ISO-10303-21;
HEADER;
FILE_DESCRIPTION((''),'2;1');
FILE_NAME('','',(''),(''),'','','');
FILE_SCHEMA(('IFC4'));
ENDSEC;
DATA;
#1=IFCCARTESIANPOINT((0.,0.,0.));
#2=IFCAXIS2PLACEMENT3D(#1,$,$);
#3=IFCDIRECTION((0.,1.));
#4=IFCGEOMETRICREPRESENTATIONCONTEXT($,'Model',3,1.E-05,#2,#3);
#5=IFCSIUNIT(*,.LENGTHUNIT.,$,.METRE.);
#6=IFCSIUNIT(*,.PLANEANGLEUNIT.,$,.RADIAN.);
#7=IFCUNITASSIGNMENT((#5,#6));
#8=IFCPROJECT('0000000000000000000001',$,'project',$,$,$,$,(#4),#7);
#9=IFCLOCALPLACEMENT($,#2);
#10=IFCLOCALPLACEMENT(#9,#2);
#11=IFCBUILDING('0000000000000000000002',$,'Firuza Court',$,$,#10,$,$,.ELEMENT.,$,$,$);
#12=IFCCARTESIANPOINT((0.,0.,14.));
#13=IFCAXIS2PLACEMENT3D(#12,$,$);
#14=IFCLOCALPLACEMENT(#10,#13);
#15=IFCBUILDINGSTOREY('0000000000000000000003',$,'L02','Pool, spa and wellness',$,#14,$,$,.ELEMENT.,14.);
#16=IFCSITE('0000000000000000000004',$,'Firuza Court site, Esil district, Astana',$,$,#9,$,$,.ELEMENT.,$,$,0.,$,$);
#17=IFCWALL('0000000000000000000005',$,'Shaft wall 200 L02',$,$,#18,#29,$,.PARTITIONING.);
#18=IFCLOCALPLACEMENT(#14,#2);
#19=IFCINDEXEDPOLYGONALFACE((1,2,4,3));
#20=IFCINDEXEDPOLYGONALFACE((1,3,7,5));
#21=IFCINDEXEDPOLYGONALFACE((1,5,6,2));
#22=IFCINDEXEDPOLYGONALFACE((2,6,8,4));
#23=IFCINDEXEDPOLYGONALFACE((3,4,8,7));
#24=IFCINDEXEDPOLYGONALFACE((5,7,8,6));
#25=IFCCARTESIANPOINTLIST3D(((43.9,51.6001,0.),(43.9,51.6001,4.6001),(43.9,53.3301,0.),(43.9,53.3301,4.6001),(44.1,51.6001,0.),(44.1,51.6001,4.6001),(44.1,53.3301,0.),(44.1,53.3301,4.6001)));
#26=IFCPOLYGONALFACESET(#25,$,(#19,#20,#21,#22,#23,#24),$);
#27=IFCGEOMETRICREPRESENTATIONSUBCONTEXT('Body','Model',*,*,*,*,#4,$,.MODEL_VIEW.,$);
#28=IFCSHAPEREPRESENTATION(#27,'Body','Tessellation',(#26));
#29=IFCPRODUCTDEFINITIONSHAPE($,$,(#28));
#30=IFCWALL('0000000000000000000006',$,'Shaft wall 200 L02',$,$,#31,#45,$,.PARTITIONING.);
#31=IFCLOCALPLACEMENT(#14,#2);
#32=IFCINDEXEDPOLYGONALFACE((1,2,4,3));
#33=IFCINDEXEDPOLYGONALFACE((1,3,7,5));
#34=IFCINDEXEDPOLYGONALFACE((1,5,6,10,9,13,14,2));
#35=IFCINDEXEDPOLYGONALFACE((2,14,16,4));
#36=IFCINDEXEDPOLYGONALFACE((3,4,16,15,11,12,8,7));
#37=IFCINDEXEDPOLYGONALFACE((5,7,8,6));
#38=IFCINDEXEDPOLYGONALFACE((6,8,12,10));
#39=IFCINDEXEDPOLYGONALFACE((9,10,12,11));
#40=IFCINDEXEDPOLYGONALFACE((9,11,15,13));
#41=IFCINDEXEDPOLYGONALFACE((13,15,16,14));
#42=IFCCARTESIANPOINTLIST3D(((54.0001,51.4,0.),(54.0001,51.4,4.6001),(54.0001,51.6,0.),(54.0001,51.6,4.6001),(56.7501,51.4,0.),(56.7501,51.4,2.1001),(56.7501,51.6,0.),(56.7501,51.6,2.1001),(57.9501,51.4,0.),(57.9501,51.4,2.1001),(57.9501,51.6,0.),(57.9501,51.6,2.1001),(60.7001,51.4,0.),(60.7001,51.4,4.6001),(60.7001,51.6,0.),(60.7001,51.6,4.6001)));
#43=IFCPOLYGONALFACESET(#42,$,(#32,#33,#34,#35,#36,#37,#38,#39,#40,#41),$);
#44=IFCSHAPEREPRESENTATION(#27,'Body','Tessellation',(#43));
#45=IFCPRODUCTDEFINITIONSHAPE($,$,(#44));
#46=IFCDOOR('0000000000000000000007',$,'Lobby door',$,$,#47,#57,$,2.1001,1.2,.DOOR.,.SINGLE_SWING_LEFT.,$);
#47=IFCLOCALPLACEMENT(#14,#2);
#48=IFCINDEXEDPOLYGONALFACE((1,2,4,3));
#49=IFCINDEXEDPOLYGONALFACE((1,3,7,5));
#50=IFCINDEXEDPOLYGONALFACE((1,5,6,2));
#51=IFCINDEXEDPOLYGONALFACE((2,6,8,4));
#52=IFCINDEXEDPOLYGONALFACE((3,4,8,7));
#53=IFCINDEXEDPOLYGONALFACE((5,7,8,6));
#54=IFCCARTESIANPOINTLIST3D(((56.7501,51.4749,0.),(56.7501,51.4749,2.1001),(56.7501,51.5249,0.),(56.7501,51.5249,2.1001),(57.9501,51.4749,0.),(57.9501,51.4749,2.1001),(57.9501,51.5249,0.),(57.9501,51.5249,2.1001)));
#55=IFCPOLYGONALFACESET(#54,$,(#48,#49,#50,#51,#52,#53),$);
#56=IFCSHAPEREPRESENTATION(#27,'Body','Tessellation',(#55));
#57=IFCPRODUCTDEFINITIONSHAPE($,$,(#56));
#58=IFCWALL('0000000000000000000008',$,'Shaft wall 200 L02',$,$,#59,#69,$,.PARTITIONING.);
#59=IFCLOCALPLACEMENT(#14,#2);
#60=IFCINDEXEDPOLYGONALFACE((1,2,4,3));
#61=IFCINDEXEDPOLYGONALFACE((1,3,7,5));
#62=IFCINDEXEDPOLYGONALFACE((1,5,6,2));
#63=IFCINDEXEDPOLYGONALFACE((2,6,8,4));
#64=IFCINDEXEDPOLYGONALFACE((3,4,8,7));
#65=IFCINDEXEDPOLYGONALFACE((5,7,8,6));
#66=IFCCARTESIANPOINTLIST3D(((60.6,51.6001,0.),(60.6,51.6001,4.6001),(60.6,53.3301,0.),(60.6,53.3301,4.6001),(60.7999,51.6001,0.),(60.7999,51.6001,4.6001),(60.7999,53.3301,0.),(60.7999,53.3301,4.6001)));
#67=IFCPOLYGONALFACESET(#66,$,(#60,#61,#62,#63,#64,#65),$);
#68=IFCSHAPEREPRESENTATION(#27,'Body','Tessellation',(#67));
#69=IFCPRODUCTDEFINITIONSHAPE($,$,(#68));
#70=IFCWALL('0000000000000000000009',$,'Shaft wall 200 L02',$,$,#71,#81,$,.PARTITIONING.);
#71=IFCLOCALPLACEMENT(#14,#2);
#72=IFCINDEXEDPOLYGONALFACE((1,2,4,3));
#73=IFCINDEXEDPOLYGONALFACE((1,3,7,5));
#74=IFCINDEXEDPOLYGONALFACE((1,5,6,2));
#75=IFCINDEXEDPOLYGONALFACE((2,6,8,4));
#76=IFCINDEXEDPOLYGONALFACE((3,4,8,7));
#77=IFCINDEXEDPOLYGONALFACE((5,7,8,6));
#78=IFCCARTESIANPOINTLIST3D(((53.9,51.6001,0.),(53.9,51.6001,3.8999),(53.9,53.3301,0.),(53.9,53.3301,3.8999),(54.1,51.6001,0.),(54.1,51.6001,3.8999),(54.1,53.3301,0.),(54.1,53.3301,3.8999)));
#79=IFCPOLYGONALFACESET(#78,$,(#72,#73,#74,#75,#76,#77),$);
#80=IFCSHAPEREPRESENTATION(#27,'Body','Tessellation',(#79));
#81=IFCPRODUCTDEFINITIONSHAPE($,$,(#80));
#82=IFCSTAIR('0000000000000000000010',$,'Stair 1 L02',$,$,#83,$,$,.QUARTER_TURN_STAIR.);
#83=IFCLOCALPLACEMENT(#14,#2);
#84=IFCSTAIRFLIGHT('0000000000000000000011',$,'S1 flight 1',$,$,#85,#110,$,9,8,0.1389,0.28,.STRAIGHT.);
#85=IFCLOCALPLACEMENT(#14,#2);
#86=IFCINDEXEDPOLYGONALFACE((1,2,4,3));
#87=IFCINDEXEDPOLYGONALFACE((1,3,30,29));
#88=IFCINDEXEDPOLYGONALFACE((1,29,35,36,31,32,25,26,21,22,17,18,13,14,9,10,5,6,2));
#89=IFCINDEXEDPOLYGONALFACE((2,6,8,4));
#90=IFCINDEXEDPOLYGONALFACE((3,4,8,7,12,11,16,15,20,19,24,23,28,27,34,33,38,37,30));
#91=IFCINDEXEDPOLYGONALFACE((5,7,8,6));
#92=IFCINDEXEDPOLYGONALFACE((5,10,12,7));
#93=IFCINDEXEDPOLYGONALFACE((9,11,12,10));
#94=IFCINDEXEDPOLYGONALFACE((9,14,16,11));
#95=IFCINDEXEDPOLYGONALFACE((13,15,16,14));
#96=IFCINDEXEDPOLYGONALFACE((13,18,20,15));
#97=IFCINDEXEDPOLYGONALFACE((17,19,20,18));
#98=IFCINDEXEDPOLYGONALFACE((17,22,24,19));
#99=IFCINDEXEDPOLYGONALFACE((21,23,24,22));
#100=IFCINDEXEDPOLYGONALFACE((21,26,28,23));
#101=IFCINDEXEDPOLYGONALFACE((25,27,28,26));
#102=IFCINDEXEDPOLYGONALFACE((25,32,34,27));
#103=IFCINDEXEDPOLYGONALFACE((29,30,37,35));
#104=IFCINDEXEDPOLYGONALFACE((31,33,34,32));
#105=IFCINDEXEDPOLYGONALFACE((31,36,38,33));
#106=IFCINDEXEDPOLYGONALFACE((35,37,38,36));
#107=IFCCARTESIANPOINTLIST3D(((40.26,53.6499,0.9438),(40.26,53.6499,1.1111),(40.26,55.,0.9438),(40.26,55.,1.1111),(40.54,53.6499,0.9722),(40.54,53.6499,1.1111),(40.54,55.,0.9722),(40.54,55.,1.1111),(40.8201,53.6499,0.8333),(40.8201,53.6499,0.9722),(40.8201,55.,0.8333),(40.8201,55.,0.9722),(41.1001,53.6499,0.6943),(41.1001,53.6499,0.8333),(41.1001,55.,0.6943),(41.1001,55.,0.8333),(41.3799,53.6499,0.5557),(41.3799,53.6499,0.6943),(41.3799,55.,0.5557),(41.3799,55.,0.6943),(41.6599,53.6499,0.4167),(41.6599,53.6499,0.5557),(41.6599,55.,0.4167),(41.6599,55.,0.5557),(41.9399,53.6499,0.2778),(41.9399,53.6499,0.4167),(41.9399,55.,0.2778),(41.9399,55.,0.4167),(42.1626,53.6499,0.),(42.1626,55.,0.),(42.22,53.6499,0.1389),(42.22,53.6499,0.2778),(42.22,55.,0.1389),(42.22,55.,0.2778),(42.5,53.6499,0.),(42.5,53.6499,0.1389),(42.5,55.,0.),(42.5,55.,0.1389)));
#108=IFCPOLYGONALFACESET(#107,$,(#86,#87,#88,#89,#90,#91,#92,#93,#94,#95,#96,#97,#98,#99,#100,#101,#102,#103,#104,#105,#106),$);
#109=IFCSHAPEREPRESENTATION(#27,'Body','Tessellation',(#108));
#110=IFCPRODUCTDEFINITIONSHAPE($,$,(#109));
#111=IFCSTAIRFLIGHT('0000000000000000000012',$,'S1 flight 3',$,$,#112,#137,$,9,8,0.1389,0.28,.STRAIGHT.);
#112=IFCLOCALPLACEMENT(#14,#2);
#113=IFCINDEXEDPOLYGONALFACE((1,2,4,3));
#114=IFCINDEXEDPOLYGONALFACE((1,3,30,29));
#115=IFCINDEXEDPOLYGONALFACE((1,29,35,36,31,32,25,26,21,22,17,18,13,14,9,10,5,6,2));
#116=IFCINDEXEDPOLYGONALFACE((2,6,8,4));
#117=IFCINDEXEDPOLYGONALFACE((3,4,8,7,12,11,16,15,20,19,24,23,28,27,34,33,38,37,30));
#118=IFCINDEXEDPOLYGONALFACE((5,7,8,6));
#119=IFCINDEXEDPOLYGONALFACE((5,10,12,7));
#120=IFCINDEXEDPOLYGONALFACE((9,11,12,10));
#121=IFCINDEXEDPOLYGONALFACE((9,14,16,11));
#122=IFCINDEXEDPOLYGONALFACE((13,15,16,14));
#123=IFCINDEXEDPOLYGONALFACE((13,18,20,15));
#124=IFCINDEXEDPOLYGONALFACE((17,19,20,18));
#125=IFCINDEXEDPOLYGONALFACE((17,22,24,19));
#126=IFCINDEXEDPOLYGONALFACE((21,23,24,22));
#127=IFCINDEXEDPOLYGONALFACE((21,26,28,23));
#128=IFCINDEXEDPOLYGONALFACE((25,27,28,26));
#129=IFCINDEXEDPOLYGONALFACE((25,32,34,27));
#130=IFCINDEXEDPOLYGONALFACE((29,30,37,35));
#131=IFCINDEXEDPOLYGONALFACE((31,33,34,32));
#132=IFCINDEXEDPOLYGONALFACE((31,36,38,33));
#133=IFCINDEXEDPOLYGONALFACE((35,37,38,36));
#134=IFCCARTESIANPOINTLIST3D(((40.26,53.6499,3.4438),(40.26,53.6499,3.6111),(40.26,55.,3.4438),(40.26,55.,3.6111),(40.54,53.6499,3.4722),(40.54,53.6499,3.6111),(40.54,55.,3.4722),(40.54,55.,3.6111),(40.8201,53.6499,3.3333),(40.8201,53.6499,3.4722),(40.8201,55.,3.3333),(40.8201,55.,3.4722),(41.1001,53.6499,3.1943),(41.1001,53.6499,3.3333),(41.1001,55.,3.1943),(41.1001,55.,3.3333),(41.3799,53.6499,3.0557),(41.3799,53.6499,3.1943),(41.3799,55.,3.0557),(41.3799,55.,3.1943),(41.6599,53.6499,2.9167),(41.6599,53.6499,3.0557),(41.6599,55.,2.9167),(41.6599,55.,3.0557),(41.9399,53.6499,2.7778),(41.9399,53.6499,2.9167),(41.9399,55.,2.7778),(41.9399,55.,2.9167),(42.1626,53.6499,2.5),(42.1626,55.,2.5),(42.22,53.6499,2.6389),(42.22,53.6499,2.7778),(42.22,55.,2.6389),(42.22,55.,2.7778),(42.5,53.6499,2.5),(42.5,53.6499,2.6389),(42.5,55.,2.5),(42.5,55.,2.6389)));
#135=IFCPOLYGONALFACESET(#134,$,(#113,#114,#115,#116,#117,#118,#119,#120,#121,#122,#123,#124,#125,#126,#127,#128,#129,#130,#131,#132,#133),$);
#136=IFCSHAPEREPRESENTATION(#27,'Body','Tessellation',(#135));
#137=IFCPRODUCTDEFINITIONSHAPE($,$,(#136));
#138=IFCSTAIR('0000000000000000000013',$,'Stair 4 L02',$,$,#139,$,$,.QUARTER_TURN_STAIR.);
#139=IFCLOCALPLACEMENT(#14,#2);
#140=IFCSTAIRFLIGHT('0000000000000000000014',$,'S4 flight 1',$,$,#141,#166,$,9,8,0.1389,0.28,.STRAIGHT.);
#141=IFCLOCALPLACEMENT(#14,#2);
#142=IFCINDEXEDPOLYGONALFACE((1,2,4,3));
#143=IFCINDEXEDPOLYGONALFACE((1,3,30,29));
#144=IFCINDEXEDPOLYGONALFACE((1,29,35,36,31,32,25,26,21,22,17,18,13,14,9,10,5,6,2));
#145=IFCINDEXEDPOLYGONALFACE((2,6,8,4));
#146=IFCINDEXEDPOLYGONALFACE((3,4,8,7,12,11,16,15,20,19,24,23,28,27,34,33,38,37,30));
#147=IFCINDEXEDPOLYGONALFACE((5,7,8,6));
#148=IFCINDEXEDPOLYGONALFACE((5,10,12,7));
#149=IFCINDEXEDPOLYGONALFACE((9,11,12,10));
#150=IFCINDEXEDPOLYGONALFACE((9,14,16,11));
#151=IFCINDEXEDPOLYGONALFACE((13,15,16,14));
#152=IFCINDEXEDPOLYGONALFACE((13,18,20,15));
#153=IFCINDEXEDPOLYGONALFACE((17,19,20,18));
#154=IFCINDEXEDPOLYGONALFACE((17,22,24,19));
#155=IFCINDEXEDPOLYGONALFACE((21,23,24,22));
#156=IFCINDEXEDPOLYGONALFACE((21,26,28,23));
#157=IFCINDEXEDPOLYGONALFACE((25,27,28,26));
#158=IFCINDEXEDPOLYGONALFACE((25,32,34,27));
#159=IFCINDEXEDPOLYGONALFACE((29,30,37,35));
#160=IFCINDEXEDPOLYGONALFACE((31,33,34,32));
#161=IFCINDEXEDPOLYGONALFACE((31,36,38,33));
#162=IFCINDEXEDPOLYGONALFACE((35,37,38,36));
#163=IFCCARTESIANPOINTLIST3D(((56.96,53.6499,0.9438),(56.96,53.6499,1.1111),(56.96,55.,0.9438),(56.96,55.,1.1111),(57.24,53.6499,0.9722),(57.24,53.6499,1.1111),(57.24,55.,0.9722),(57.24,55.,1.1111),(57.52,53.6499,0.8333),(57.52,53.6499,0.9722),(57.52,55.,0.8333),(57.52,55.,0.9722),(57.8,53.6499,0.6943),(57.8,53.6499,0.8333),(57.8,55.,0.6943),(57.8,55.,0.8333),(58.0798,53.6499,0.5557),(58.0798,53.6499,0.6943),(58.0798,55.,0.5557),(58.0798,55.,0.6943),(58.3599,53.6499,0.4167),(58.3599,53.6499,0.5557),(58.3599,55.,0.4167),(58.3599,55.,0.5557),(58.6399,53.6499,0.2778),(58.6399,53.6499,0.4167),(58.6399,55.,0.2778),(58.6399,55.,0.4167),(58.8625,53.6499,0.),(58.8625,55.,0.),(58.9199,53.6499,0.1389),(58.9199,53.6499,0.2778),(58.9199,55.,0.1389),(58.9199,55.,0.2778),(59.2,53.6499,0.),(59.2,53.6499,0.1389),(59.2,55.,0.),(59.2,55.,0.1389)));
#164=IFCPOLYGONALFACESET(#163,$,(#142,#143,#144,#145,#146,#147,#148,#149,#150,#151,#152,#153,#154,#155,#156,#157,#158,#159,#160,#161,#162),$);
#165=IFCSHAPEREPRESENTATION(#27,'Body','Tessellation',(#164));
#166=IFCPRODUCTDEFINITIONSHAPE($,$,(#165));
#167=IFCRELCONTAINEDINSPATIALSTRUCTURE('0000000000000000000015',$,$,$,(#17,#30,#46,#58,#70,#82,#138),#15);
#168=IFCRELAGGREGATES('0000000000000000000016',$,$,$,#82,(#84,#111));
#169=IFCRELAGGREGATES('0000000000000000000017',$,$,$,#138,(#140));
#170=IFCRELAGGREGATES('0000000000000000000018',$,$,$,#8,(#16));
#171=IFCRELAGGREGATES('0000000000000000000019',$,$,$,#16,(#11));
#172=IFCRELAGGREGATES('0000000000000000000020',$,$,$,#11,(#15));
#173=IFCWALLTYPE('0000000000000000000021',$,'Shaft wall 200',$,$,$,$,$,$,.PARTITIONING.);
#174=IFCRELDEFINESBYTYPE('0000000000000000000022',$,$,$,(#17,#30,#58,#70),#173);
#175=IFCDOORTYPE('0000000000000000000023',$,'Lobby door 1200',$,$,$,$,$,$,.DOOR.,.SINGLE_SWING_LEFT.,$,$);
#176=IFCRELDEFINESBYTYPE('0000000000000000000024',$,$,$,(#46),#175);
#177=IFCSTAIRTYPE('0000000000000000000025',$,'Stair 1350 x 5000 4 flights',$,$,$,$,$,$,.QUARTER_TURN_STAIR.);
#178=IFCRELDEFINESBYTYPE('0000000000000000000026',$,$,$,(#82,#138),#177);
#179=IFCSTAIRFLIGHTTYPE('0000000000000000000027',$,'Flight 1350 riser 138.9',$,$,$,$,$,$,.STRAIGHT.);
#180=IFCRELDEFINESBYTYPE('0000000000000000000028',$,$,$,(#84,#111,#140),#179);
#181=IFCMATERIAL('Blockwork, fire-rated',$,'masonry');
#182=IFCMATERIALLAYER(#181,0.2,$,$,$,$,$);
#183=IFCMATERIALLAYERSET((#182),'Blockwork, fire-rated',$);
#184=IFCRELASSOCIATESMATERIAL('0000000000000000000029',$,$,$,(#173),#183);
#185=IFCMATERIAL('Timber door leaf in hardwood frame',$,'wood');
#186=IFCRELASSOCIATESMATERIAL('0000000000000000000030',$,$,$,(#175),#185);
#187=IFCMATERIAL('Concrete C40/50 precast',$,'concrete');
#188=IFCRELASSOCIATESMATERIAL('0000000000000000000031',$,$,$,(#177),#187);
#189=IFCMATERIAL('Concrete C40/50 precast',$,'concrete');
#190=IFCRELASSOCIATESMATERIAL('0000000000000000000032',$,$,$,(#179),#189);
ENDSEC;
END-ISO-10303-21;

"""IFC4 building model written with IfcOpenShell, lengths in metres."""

from ifc_helpers import new_model, si_unit, direction, frame, frame_2d, origin, place, context, subcontext, project, spatial, polyline, rectangle, outline, extrude, material, layer, layer_set, type_object, element, fill, aggregate, save


model = new_model("IFC4")

# Units and contexts
model_context = context("Model", 3, precision=1e-05, world=origin(), true_north=direction((0.0, 1.0)))
body_context = subcontext(model_context, "Body", "Model", "MODEL_VIEW")
ifc_project = project(units=[si_unit("LENGTHUNIT", "METRE"), si_unit("PLANEANGLEUNIT", "RADIAN")], contexts=[model_context])

# Site, building, storey
site_placement = place(None, origin())
site = spatial("IfcSite", under=ifc_project, at=site_placement, Name="Firuza Court site, Esil district, Astana", CompositionType="ELEMENT", RefElevation=0.0)
building_placement = place(site_placement, origin())
building = spatial("IfcBuilding", under=site, at=building_placement, Name="Firuza Court", CompositionType="ELEMENT")
storey_placement = place(building_placement, frame((0.0, 0.0, 14.0)))
storey = spatial("IfcBuildingStorey", under=building, at=storey_placement, Name="L02", Description="Pool, spa and wellness", CompositionType="ELEMENT", Elevation=14.0)

# Shared definitions
ifc_material_1 = material(Name="Blockwork, fire-rated", Category="masonry")

# Shared definitions
ifc_layer_1 = layer(ifc_material_1, 0.2)
ifc_layer_set_1 = layer_set([ifc_layer_1], Name="Blockwork, fire-rated")
wall_type_1 = type_object("IfcWallType", Name="Shaft wall 200", PredefinedType="PARTITIONING", material=ifc_layer_set_1)
ifc_material_2 = material(Name="Timber door leaf in hardwood frame", Category="wood")
door_type_1 = type_object("IfcDoorType", Name="Lobby door 1200", OperationType="SINGLE_SWING_LEFT", PredefinedType="DOOR", material=ifc_material_2)

# Wall
wall_1_placement = place(storey_placement, frame((44.0, 51.6001, 0.0), z_axis=(0.0, 0.0, 1.0), x_axis=(0.0, 1.0, 0.0)))
element("IfcWall", 1, at=wall_1_placement, inside=storey, type_object=wall_type_1, Name="Shaft wall 200 L02", PredefinedType="PARTITIONING", context=body_context, shape_type="SweptSolid", body=[
    extrude(rectangle(XDim=1.73, YDim=0.2, at=frame_2d((0.865, 0.0))), origin(), (0.0, 0.0, 1.0), 4.6001),
])

# Wall, opening, door
wall_2_placement = place(storey_placement, frame((54.0, 51.5, 0.0), z_axis=(0.0, 0.0, 1.0), x_axis=(1.0, 0.0, 0.0)))
wall_2 = element("IfcWall", 2, at=wall_2_placement, inside=storey, type_object=wall_type_1, Name="Shaft wall 200 L02", PredefinedType="PARTITIONING", context=body_context, shape_type="SweptSolid", body=[
    extrude(rectangle(XDim=6.7, YDim=0.2, at=frame_2d((3.3501, 0.0))), origin(), (0.0, 0.0, 1.0), 4.6001),
])
opening_1_placement = place(wall_2_placement, frame((2.75, 0.0, 0.0)))
opening_1 = element("IfcOpeningElement", 3, at=opening_1_placement, cuts=wall_2, PredefinedType="OPENING", context=body_context, shape_type="SweptSolid", body=[
    extrude(rectangle(XDim=1.2, YDim=2.1001, at=frame_2d((0.6001, 1.05))), frame((0.0, 0.1118, 0.0), z_axis=(0.0, -1.0, 0.0), x_axis=(1.0, 0.0, 0.0)), (0.0, 0.0, 1.0), 0.2239),
])
door_1_placement = place(opening_1_placement, origin())
door_1 = element("IfcDoor", 4, at=door_1_placement, inside=storey, type_object=door_type_1, Name="Lobby door", OperationType="SINGLE_SWING_LEFT", OverallHeight=2.1001, OverallWidth=1.2, PredefinedType="DOOR", context=body_context, shape_type="SweptSolid", body=[
    extrude(rectangle(XDim=1.2, YDim=2.1001, at=frame_2d((0.6001, 1.05))), frame((0.0, 0.0249, 0.0), z_axis=(0.0, -1.0, 0.0), x_axis=(1.0, 0.0, 0.0)), (0.0, 0.0, 1.0), 0.05),
])
fill(opening_1, door_1)

# Walls
wall_3_placement = place(storey_placement, frame((60.7, 51.6001, 0.0), z_axis=(0.0, 0.0, 1.0), x_axis=(0.0, 1.0, 0.0)))
element("IfcWall", 5, at=wall_3_placement, inside=storey, type_object=wall_type_1, Name="Shaft wall 200 L02", PredefinedType="PARTITIONING", context=body_context, shape_type="SweptSolid", body=[
    extrude(rectangle(XDim=1.73, YDim=0.2, at=frame_2d((0.865, 0.0))), origin(), (0.0, 0.0, 1.0), 4.6001),
])
wall_4_placement = place(storey_placement, frame((54.0, 51.6001, 0.0), z_axis=(0.0, 0.0, 1.0), x_axis=(0.0, 1.0, 0.0)))
element("IfcWall", 6, at=wall_4_placement, inside=storey, type_object=wall_type_1, Name="Shaft wall 200 L02", PredefinedType="PARTITIONING", context=body_context, shape_type="SweptSolid", body=[
    extrude(rectangle(XDim=1.73, YDim=0.2, at=frame_2d((0.865, 0.0))), origin(), (0.0, 0.0, 1.0), 3.8999),
])

# Stairs, stair flights
ifc_material_3 = material(Name="Concrete C40/50 precast", Category="concrete")
stair_type = type_object("IfcStairType", Name="Stair 1350 x 5000 4 flights", PredefinedType="QUARTER_TURN_STAIR", material=ifc_material_3)
stair_1_placement = place(storey_placement, origin())
stair_1 = element("IfcStair", 7, at=stair_1_placement, inside=storey, type_object=stair_type, Name="Stair 1 L02", PredefinedType="QUARTER_TURN_STAIR")
ifc_material_4 = material(Name="Concrete C40/50 precast", Category="concrete")
stair_flight_type = type_object("IfcStairFlightType", Name="Flight 1350 riser 138.9", PredefinedType="STRAIGHT", material=ifc_material_4)
stair_flight_1_placement = place(storey_placement, frame((42.5, 54.325, 0.0), z_axis=(0.0, 0.0, 1.0), x_axis=(-1.0, 0.0, 0.0)))
stair_flight_1 = element("IfcStairFlight", 8, at=stair_flight_1_placement, type_object=stair_flight_type, Name="S1 flight 1", NumberOfRisers=9, NumberOfTreads=8, PredefinedType="STRAIGHT", RiserHeight=0.1389, TreadLength=0.28, context=body_context, shape_type="SweptSolid", body=[
    extrude(outline(polyline([(0.0, 0.0), (0.0, 0.1389), (0.28, 0.1389), (0.28, 0.2778), (0.5601, 0.2778), (0.5601, 0.4167), (0.8401, 0.4167), (0.8401, 0.5557), (1.1201, 0.5557), (1.1201, 0.6943), (1.3999, 0.6943), (1.3999, 0.8333), (1.6799, 0.8333), (1.6799, 0.9722), (1.96, 0.9722), (1.96, 1.1111), (2.24, 1.1111), (2.24, 1.25), (2.24, 0.9438), (0.3374, 0.0), (0.0, 0.0)])), frame((0.0, 0.675, 0.0), z_axis=(0.0, -1.0, 0.0), x_axis=(1.0, 0.0, 0.0)), (0.0, 0.0, 1.0), 1.3501),
])
stair_flight_2_placement = place(storey_placement, frame((42.5, 54.325, 2.5), z_axis=(0.0, 0.0, 1.0), x_axis=(-1.0, 0.0, 0.0)))
stair_flight_2 = element("IfcStairFlight", 9, at=stair_flight_2_placement, type_object=stair_flight_type, Name="S1 flight 3", NumberOfRisers=9, NumberOfTreads=8, PredefinedType="STRAIGHT", RiserHeight=0.1389, TreadLength=0.28, context=body_context, shape_type="SweptSolid", body=[
    extrude(outline(polyline([(0.0, 0.0), (0.0, 0.1389), (0.28, 0.1389), (0.28, 0.2778), (0.5601, 0.2778), (0.5601, 0.4167), (0.8401, 0.4167), (0.8401, 0.5557), (1.1201, 0.5557), (1.1201, 0.6943), (1.3999, 0.6943), (1.3999, 0.8333), (1.6799, 0.8333), (1.6799, 0.9722), (1.96, 0.9722), (1.96, 1.1111), (2.24, 1.1111), (2.24, 1.25), (2.24, 0.9438), (0.3374, 0.0), (0.0, 0.0)])), frame((0.0, 0.675, 0.0), z_axis=(0.0, -1.0, 0.0), x_axis=(1.0, 0.0, 0.0)), (0.0, 0.0, 1.0), 1.3501),
])
aggregate(stair_1, [stair_flight_1, stair_flight_2])
stair_2_placement = place(storey_placement, origin())
stair_2 = element("IfcStair", 10, at=stair_2_placement, inside=storey, type_object=stair_type, Name="Stair 4 L02", PredefinedType="QUARTER_TURN_STAIR")
stair_flight_3_placement = place(storey_placement, frame((59.2, 54.325, 0.0), z_axis=(0.0, 0.0, 1.0), x_axis=(-1.0, 0.0, 0.0)))
stair_flight_3 = element("IfcStairFlight", 11, at=stair_flight_3_placement, type_object=stair_flight_type, Name="S4 flight 1", NumberOfRisers=9, NumberOfTreads=8, PredefinedType="STRAIGHT", RiserHeight=0.1389, TreadLength=0.28, context=body_context, shape_type="SweptSolid", body=[
    extrude(outline(polyline([(0.0, 0.0), (0.0, 0.1389), (0.28, 0.1389), (0.28, 0.2778), (0.5601, 0.2778), (0.5601, 0.4167), (0.8401, 0.4167), (0.8401, 0.5557), (1.1201, 0.5557), (1.1201, 0.6943), (1.3999, 0.6943), (1.3999, 0.8333), (1.6799, 0.8333), (1.6799, 0.9722), (1.96, 0.9722), (1.96, 1.1111), (2.24, 1.1111), (2.24, 1.25), (2.24, 0.9438), (0.3374, 0.0), (0.0, 0.0)])), frame((0.0, 0.675, 0.0), z_axis=(0.0, -1.0, 0.0), x_axis=(1.0, 0.0, 0.0)), (0.0, 0.0, 1.0), 1.3501),
])
aggregate(stair_2, [stair_flight_3])

save(model, "model.ifc")
